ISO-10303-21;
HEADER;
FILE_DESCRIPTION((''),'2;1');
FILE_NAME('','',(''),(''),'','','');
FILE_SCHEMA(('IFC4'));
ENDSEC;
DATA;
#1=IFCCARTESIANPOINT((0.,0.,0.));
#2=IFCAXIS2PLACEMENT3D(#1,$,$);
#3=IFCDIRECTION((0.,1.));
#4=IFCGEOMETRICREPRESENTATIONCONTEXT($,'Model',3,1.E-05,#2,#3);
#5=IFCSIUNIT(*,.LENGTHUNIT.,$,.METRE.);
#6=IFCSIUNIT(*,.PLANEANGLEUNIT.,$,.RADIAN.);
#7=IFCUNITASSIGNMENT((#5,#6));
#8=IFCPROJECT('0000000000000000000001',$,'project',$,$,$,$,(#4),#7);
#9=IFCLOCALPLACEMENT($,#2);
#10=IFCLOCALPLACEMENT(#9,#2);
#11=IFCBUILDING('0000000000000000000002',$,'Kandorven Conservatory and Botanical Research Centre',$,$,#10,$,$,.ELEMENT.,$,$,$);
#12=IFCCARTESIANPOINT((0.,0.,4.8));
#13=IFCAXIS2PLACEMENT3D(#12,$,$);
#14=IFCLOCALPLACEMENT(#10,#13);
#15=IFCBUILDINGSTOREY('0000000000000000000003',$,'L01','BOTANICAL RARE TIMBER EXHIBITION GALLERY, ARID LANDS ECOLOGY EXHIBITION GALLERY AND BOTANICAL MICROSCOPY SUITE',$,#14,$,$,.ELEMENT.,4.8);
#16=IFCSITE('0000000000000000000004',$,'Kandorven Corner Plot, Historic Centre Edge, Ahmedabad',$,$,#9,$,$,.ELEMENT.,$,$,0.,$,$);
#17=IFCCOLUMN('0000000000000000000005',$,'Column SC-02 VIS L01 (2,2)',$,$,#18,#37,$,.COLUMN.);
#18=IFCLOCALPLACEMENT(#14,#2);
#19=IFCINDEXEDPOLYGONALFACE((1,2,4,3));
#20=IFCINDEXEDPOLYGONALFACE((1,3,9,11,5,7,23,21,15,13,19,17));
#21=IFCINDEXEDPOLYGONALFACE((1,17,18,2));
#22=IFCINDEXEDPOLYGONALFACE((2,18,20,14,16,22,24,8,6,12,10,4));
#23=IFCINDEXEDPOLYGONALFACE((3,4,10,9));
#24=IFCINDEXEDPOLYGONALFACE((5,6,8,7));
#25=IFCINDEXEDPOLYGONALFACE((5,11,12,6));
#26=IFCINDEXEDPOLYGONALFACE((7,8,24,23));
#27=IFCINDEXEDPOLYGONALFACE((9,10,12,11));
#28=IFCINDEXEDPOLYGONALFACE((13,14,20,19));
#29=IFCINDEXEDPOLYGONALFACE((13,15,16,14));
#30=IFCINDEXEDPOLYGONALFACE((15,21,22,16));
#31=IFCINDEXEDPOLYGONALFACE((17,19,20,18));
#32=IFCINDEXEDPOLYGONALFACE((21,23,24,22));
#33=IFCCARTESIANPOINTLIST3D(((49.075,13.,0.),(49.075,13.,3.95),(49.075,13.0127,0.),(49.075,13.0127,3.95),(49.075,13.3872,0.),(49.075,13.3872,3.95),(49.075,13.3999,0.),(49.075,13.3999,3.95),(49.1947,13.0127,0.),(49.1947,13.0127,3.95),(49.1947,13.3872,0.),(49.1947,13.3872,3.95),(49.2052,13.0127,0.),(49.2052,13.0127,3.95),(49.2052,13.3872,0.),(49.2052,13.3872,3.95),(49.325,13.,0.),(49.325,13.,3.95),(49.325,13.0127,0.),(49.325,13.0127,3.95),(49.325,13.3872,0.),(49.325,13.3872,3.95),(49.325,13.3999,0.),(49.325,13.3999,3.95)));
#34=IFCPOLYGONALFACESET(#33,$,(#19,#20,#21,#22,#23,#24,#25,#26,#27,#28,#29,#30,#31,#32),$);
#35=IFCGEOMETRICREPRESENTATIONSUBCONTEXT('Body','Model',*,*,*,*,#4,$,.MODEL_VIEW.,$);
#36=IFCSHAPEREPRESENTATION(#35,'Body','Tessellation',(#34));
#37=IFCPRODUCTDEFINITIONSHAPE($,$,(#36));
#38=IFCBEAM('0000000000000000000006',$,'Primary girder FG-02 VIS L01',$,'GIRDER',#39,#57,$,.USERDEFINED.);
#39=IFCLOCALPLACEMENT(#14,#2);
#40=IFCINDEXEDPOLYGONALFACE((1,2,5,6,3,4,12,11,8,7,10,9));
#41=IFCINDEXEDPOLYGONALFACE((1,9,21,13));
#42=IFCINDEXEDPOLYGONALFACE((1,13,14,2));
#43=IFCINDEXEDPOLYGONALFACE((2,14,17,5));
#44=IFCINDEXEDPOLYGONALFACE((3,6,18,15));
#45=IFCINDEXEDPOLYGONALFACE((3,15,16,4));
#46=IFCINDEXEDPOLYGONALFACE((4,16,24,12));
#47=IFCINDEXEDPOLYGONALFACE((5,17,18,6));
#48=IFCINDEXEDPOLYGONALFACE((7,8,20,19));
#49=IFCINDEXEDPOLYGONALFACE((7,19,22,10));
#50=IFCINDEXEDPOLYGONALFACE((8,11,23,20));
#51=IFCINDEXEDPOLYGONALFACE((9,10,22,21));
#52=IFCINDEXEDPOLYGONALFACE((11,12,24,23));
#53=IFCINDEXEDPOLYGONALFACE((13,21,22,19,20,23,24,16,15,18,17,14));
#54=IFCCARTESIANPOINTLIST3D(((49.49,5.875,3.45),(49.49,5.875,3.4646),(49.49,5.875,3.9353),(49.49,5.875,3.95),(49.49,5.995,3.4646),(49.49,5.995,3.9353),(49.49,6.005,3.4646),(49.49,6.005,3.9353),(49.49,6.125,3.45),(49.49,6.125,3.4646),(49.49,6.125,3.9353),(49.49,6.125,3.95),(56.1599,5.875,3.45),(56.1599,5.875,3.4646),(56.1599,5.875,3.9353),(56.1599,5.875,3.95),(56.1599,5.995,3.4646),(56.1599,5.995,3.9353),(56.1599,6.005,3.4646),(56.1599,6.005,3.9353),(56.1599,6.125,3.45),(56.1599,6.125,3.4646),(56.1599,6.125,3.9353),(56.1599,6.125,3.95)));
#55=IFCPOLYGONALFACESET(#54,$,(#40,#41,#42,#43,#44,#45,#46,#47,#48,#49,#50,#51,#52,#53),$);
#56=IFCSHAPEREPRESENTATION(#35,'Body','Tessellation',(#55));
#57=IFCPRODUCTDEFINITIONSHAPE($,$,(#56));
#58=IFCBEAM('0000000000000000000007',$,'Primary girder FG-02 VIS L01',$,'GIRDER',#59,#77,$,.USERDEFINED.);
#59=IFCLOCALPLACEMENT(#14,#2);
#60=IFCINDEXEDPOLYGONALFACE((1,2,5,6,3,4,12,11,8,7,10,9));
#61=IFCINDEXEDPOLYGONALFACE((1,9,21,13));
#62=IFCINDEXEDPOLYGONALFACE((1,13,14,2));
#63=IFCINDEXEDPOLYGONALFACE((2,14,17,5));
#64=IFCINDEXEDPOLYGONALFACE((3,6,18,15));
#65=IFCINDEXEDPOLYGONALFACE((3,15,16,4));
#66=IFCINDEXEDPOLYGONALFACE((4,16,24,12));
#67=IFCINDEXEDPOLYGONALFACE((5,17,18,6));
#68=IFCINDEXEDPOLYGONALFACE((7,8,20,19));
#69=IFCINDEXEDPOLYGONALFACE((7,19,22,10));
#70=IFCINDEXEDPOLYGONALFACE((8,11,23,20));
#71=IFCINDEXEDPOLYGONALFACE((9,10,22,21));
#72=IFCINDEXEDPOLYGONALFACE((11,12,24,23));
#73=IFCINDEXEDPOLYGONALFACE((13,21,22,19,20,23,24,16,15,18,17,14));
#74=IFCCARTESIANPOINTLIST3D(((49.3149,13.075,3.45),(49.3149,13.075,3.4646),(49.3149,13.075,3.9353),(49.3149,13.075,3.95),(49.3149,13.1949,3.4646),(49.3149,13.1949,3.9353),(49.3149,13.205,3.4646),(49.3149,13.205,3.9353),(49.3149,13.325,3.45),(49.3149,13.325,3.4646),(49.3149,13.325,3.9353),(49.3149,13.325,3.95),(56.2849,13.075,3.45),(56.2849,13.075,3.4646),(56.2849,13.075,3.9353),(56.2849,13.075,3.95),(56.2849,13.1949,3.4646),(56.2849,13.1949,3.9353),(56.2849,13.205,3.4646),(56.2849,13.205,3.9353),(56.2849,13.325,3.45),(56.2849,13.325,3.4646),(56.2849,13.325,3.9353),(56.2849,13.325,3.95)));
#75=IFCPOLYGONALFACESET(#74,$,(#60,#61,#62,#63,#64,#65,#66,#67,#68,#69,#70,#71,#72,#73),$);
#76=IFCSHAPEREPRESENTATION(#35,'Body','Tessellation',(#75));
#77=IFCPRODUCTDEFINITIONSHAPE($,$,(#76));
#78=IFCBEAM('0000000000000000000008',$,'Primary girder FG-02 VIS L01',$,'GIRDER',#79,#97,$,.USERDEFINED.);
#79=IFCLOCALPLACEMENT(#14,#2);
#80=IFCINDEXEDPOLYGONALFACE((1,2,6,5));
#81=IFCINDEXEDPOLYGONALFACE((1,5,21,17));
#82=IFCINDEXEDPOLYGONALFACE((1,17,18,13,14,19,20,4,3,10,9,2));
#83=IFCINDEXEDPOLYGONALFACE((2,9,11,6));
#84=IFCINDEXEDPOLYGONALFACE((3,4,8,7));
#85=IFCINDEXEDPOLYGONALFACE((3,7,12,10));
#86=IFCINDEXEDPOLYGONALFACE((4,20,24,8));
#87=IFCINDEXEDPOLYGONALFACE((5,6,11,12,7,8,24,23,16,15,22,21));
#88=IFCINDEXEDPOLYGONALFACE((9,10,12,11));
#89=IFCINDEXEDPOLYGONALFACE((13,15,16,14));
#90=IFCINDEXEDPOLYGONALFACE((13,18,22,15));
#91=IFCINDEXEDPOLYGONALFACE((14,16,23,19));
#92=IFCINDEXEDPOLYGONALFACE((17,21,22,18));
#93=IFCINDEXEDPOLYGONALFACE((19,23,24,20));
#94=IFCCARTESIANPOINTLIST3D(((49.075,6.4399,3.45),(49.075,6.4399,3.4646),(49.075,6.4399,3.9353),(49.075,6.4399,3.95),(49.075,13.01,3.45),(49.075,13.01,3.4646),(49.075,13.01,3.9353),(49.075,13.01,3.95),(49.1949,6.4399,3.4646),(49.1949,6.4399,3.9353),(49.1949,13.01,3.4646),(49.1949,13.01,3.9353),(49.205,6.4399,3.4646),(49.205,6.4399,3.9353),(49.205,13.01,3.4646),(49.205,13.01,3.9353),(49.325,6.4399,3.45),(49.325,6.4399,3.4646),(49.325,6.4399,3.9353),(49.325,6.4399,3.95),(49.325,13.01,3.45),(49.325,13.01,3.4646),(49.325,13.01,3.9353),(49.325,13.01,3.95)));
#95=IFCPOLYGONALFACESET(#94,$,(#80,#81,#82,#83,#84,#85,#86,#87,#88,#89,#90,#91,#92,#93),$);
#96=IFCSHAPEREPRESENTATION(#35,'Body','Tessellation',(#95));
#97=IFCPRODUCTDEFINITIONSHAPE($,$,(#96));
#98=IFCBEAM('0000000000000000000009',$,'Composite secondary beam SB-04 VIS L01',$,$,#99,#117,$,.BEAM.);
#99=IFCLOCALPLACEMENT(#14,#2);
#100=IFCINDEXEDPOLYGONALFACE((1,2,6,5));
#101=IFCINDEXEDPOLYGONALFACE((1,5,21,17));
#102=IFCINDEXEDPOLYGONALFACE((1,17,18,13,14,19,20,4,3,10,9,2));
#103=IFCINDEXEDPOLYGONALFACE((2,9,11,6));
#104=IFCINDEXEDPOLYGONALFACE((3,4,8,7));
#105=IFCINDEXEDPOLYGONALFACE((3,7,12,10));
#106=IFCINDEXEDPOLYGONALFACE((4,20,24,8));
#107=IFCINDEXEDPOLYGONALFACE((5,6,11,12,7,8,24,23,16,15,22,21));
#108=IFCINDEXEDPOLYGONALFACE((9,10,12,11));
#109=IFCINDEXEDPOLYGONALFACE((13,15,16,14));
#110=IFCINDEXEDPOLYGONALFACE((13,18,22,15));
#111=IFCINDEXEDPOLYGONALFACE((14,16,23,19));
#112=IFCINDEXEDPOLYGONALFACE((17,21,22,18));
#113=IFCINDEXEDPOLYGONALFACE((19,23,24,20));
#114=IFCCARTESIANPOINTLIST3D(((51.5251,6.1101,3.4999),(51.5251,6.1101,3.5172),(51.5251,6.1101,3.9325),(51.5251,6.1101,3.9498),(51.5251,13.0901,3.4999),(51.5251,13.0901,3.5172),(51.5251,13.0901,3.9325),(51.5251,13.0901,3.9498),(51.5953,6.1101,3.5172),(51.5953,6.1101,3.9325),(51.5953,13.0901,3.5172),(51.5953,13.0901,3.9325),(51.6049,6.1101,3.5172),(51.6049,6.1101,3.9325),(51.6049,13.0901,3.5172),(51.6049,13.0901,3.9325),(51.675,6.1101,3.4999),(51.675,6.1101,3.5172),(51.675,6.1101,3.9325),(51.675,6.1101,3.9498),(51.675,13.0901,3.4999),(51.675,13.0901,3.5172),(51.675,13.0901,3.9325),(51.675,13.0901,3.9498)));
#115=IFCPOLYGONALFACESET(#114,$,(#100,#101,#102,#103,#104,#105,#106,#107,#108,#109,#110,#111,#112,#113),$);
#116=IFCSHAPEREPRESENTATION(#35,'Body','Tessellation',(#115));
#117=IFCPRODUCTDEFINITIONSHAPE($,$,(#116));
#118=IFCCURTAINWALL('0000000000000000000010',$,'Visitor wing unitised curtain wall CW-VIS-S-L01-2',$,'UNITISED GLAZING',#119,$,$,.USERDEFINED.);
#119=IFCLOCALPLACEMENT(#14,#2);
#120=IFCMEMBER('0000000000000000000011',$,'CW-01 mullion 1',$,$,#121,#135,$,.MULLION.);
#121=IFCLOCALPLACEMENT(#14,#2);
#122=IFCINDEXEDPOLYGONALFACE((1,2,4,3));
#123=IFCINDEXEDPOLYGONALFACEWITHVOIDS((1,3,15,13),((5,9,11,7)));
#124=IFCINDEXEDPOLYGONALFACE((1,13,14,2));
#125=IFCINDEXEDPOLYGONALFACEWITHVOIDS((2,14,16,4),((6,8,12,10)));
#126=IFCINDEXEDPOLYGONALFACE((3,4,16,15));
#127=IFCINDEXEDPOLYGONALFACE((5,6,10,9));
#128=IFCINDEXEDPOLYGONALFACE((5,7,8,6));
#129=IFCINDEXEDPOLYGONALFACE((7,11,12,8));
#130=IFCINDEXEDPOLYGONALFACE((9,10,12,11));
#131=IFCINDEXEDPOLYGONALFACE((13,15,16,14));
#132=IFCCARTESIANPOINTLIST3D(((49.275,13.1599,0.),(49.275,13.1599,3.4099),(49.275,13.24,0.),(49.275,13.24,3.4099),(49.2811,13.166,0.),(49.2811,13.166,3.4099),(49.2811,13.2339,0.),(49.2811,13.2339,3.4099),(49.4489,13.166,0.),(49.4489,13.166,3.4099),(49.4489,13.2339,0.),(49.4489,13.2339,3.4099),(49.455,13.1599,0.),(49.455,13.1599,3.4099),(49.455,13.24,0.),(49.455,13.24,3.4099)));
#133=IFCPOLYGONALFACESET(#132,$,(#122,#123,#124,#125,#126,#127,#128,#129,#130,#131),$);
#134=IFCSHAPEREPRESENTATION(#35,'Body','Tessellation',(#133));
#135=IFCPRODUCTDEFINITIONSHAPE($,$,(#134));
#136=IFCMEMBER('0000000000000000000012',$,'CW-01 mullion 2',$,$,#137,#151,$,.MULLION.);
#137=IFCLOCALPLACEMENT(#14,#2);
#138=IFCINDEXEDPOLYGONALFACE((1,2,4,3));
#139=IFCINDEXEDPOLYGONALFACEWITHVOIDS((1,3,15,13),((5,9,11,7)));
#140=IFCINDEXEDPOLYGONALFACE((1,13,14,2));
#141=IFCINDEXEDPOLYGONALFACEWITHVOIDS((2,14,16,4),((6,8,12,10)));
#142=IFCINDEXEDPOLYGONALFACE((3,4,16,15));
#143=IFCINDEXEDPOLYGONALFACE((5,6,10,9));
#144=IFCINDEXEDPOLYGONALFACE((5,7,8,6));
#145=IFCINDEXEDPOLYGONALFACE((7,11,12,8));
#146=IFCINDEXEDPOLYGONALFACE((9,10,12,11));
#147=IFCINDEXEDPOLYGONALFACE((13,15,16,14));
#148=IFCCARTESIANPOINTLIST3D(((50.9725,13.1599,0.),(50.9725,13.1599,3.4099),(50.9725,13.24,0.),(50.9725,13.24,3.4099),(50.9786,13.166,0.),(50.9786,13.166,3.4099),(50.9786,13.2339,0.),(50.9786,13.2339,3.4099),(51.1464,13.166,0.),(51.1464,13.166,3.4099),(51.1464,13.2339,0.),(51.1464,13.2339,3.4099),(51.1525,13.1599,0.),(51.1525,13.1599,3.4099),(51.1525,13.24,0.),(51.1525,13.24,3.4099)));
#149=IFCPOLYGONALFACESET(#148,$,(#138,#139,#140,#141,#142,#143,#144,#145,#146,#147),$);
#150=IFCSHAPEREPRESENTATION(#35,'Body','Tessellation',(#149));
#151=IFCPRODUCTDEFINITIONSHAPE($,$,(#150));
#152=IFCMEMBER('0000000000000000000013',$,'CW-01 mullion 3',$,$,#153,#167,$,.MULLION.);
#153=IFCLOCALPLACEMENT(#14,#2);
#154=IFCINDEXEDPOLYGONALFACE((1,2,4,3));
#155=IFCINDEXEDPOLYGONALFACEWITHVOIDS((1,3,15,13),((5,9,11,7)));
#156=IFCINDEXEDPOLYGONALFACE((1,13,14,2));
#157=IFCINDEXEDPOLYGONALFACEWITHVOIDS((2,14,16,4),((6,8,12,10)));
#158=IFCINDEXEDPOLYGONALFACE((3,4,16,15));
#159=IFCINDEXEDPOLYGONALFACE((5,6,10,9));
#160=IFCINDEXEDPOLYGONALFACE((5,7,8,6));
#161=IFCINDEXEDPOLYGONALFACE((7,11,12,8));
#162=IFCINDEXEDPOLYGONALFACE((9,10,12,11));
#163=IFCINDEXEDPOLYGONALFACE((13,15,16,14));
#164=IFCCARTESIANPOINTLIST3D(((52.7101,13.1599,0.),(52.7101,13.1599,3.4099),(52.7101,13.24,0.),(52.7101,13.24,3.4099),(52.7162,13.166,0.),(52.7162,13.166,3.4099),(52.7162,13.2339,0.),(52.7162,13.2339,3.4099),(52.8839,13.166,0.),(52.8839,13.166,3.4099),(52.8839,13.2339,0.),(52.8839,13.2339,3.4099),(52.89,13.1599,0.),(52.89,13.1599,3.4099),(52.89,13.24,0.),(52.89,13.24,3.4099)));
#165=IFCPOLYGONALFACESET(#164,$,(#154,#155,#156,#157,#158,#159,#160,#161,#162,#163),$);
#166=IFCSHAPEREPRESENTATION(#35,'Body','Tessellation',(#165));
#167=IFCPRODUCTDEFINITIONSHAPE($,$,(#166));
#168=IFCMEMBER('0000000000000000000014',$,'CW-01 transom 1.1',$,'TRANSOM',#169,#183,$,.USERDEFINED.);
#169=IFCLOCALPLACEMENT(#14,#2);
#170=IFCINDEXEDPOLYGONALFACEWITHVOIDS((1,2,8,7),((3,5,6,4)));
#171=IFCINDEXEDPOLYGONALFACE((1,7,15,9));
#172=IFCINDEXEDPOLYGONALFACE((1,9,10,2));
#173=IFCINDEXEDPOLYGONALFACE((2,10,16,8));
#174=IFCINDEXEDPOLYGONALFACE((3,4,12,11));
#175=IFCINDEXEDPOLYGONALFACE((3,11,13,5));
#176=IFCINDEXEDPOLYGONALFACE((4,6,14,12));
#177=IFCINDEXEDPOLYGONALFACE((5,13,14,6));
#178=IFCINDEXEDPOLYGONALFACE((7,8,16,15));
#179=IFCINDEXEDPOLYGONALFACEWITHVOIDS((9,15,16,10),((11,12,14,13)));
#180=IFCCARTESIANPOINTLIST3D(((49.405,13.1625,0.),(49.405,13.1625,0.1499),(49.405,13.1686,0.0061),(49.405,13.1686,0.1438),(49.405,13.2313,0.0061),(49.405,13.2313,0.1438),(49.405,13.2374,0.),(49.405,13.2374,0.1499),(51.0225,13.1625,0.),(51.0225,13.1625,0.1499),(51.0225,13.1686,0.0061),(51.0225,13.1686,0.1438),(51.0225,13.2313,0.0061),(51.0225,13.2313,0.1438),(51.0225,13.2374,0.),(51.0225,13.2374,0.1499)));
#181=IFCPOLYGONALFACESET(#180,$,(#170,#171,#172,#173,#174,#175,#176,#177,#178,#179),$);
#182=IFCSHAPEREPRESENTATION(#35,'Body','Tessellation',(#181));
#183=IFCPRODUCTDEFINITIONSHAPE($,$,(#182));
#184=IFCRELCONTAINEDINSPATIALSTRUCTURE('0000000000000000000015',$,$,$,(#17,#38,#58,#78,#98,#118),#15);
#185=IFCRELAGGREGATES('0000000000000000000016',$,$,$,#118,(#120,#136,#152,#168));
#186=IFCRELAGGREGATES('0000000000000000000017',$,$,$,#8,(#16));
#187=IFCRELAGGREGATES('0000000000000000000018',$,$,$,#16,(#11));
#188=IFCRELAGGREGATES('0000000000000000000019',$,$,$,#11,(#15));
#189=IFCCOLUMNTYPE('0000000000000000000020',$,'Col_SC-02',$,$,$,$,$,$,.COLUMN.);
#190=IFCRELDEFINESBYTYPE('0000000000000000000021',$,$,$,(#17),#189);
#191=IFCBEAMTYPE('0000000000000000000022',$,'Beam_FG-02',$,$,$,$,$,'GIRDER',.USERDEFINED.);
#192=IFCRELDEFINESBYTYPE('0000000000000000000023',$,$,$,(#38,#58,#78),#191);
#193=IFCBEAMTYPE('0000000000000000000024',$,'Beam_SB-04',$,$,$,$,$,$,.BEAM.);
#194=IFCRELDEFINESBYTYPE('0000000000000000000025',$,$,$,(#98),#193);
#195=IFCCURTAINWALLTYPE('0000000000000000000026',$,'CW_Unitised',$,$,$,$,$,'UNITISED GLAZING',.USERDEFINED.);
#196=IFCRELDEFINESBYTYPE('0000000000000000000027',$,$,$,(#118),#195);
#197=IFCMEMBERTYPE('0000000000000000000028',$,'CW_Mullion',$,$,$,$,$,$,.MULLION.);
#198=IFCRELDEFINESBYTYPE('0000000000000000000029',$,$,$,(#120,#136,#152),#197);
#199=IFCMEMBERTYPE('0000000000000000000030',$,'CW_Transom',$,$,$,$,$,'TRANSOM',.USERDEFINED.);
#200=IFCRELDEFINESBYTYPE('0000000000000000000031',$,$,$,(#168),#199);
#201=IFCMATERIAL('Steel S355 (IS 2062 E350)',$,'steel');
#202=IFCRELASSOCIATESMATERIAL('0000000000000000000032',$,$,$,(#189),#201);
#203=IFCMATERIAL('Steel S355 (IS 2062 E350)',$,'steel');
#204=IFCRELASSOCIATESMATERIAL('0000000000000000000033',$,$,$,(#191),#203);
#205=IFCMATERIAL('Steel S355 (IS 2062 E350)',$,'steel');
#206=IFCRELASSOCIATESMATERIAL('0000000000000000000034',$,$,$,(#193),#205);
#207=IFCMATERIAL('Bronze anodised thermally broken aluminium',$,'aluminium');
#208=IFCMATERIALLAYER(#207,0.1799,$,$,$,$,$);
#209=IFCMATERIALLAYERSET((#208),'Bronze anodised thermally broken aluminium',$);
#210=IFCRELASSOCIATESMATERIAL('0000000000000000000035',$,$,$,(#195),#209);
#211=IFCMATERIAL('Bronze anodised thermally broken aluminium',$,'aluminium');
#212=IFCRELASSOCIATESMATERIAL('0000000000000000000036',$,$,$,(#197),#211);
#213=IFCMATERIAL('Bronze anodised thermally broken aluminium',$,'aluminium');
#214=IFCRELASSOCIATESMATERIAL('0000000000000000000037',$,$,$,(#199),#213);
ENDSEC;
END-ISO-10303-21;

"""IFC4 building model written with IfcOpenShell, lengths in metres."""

from ifc_helpers import new_model, si_unit, direction, frame, origin, origin_2d, place, context, subcontext, project, spatial, hollow_rectangle, i_section, extrude, material, layer, layer_set, material_profile, profile_set, type_object, element, aggregate, save


model = new_model("IFC4")

# Units and contexts
model_context = context("Model", 3, precision=1e-05, world=origin(), true_north=direction((0.0, 1.0)))
body_context = subcontext(model_context, "Body", "Model", "MODEL_VIEW")
ifc_project = project(units=[si_unit("LENGTHUNIT", "METRE"), si_unit("PLANEANGLEUNIT", "RADIAN")], contexts=[model_context])

# Site, building, storey
site_placement = place(None, origin())
site = spatial("IfcSite", under=ifc_project, at=site_placement, Name="Kandorven Corner Plot, Historic Centre Edge, Ahmedabad", CompositionType="ELEMENT", RefElevation=0.0)
building_placement = place(site_placement, origin())
building = spatial("IfcBuilding", under=site, at=building_placement, Name="Kandorven Conservatory and Botanical Research Centre", CompositionType="ELEMENT")
storey_placement = place(building_placement, frame((0.0, 0.0, 4.8)))
storey = spatial("IfcBuildingStorey", under=building, at=storey_placement, Name="L01", Description="BOTANICAL RARE TIMBER EXHIBITION GALLERY, ARID LANDS ECOLOGY EXHIBITION GALLERY AND BOTANICAL MICROSCOPY SUITE", CompositionType="ELEMENT", Elevation=4.8)

# Column
ifc_material_1 = material(Name="Steel S355 (IS 2062 E350)", Category="steel")
ifc_material_profile_1 = material_profile(ifc_material_1, i_section(OverallWidth=0.25, OverallDepth=0.3999, WebThickness=0.0105, FlangeThickness=0.0127, at=origin_2d()))
ifc_profile_set_1 = profile_set([ifc_material_profile_1], Name="Steel S355 (IS 2062 E350)")
column_type = type_object("IfcColumnType", Name="Col_SC-02", PredefinedType="COLUMN", material=ifc_profile_set_1)
column_placement = place(storey_placement, frame((49.2, 13.2, 0.0), z_axis=(0.0, 0.0, 1.0), x_axis=(1.0, 0.0, 0.0)))
element("IfcColumn", 1, at=column_placement, inside=storey, type_object=column_type, Name="Column SC-02 VIS L01 (2,2)", PredefinedType="COLUMN", context=body_context, shape_type="SweptSolid", body=[
    extrude(i_section(OverallWidth=0.25, OverallDepth=0.3999, WebThickness=0.0105, FlangeThickness=0.0127, at=origin_2d()), origin(), (0.0, 0.0, 1.0), 3.95),
])

# Beams
ifc_material_2 = material(Name="Steel S355 (IS 2062 E350)", Category="steel")
ifc_material_profile_2 = material_profile(ifc_material_2, i_section(OverallWidth=0.25, OverallDepth=0.5, WebThickness=0.01, FlangeThickness=0.0146, at=origin_2d()))
ifc_profile_set_2 = profile_set([ifc_material_profile_2], Name="Steel S355 (IS 2062 E350)")
beam_type_1 = type_object("IfcBeamType", Name="Beam_FG-02", ElementType="GIRDER", PredefinedType="USERDEFINED", material=ifc_profile_set_2)
beam_1_placement = place(storey_placement, frame((49.49, 6.0, 3.7), z_axis=(1.0, 0.0, 0.0), x_axis=(0.0, 1.0, 0.0)))
element("IfcBeam", 2, at=beam_1_placement, inside=storey, type_object=beam_type_1, Name="Primary girder FG-02 VIS L01", ObjectType="GIRDER", PredefinedType="USERDEFINED", context=body_context, shape_type="SweptSolid", body=[
    extrude(i_section(OverallWidth=0.25, OverallDepth=0.5, WebThickness=0.01, FlangeThickness=0.0146, at=origin_2d()), origin(), (0.0, 0.0, 1.0), 6.6699),
])
beam_2_placement = place(storey_placement, frame((49.3149, 13.2, 3.7), z_axis=(1.0, 0.0, 0.0), x_axis=(0.0, 1.0, 0.0)))
element("IfcBeam", 3, at=beam_2_placement, inside=storey, type_object=beam_type_1, Name="Primary girder FG-02 VIS L01", ObjectType="GIRDER", PredefinedType="USERDEFINED", context=body_context, shape_type="SweptSolid", body=[
    extrude(i_section(OverallWidth=0.25, OverallDepth=0.5, WebThickness=0.01, FlangeThickness=0.0146, at=origin_2d()), origin(), (0.0, 0.0, 1.0), 6.97),
])
beam_3_placement = place(storey_placement, frame((49.2, 6.4399, 3.7), z_axis=(0.0, 1.0, 0.0), x_axis=(-1.0, 0.0, 0.0)))
element("IfcBeam", 4, at=beam_3_placement, inside=storey, type_object=beam_type_1, Name="Primary girder FG-02 VIS L01", ObjectType="GIRDER", PredefinedType="USERDEFINED", context=body_context, shape_type="SweptSolid", body=[
    extrude(i_section(OverallWidth=0.25, OverallDepth=0.5, WebThickness=0.01, FlangeThickness=0.0146, at=origin_2d()), origin(), (0.0, 0.0, 1.0), 6.5701),
])
ifc_material_3 = material(Name="Steel S355 (IS 2062 E350)", Category="steel")
ifc_material_profile_3 = material_profile(ifc_material_3, i_section(OverallWidth=0.1499, OverallDepth=0.45, WebThickness=0.0095, FlangeThickness=0.0173, at=origin_2d()))
ifc_profile_set_3 = profile_set([ifc_material_profile_3], Name="Steel S355 (IS 2062 E350)")
beam_type_2 = type_object("IfcBeamType", Name="Beam_SB-04", PredefinedType="BEAM", material=ifc_profile_set_3)
beam_4_placement = place(storey_placement, frame((51.6001, 6.1101, 3.7249), z_axis=(0.0, 1.0, 0.0), x_axis=(-1.0, 0.0, 0.0)))
element("IfcBeam", 5, at=beam_4_placement, inside=storey, type_object=beam_type_2, Name="Composite secondary beam SB-04 VIS L01", PredefinedType="BEAM", context=body_context, shape_type="SweptSolid", body=[
    extrude(i_section(OverallWidth=0.1499, OverallDepth=0.45, WebThickness=0.0095, FlangeThickness=0.0173, at=origin_2d()), origin(), (0.0, 0.0, 1.0), 6.98),
])

# Curtain wall, members
ifc_material_4 = material(Name="Bronze anodised thermally broken aluminium", Category="aluminium")
ifc_layer_1 = layer(ifc_material_4, 0.1799)
ifc_layer_set_1 = layer_set([ifc_layer_1], Name="Bronze anodised thermally broken aluminium")
curtain_wall_type = type_object("IfcCurtainWallType", Name="CW_Unitised", ElementType="UNITISED GLAZING", PredefinedType="USERDEFINED", material=ifc_layer_set_1)
curtain_wall_placement = place(storey_placement, origin())
curtain_wall = element("IfcCurtainWall", 6, at=curtain_wall_placement, inside=storey, type_object=curtain_wall_type, Name="Visitor wing unitised curtain wall CW-VIS-S-L01-2", ObjectType="UNITISED GLAZING", PredefinedType="USERDEFINED")
ifc_material_5 = material(Name="Bronze anodised thermally broken aluminium", Category="aluminium")
ifc_material_profile_4 = material_profile(ifc_material_5, hollow_rectangle(XDim=0.0801, YDim=0.1799, WallThickness=0.0061, at=origin_2d()))
ifc_profile_set_4 = profile_set([ifc_material_profile_4], Name="Bronze anodised thermally broken aluminium")
member_type_1 = type_object("IfcMemberType", Name="CW_Mullion", PredefinedType="MULLION", material=ifc_profile_set_4)
member_1_placement = place(storey_placement, frame((49.365, 13.2, 0.0), z_axis=(0.0, 0.0, 1.0), x_axis=(0.0, 1.0, 0.0)))
member_1 = element("IfcMember", 7, at=member_1_placement, type_object=member_type_1, Name="CW-01 mullion 1", PredefinedType="MULLION", context=body_context, shape_type="SweptSolid", body=[
    extrude(hollow_rectangle(XDim=0.0801, YDim=0.1799, WallThickness=0.0061, at=origin_2d()), origin(), (0.0, 0.0, 1.0), 3.4099),
])
member_2_placement = place(storey_placement, frame((51.0625, 13.2, 0.0), z_axis=(0.0, 0.0, 1.0), x_axis=(0.0, 1.0, 0.0)))
member_2 = element("IfcMember", 8, at=member_2_placement, type_object=member_type_1, Name="CW-01 mullion 2", PredefinedType="MULLION", context=body_context, shape_type="SweptSolid", body=[
    extrude(hollow_rectangle(XDim=0.0801, YDim=0.1799, WallThickness=0.0061, at=origin_2d()), origin(), (0.0, 0.0, 1.0), 3.4099),
])
member_3_placement = place(storey_placement, frame((52.8, 13.2, 0.0), z_axis=(0.0, 0.0, 1.0), x_axis=(0.0, 1.0, 0.0)))
member_3 = element("IfcMember", 9, at=member_3_placement, type_object=member_type_1, Name="CW-01 mullion 3", PredefinedType="MULLION", context=body_context, shape_type="SweptSolid", body=[
    extrude(hollow_rectangle(XDim=0.0801, YDim=0.1799, WallThickness=0.0061, at=origin_2d()), origin(), (0.0, 0.0, 1.0), 3.4099),
])
ifc_material_6 = material(Name="Bronze anodised thermally broken aluminium", Category="aluminium")
ifc_material_profile_5 = material_profile(ifc_material_6, hollow_rectangle(XDim=0.075, YDim=0.1499, WallThickness=0.0061, at=origin_2d()))
ifc_profile_set_5 = profile_set([ifc_material_profile_5], Name="Bronze anodised thermally broken aluminium")
member_type_2 = type_object("IfcMemberType", Name="CW_Transom", ElementType="TRANSOM", PredefinedType="USERDEFINED", material=ifc_profile_set_5)
member_4_placement = place(storey_placement, frame((49.405, 13.2, 0.075), z_axis=(1.0, 0.0, 0.0), x_axis=(0.0, 1.0, 0.0)))
member_4 = element("IfcMember", 10, at=member_4_placement, type_object=member_type_2, Name="CW-01 transom 1.1", ObjectType="TRANSOM", PredefinedType="USERDEFINED", context=body_context, shape_type="SweptSolid", body=[
    extrude(hollow_rectangle(XDim=0.075, YDim=0.1499, WallThickness=0.0061, at=origin_2d()), origin(), (0.0, 0.0, 1.0), 1.6174),
])
aggregate(curtain_wall, [member_1, member_2, member_3, member_4])

save(model, "model.ifc")
